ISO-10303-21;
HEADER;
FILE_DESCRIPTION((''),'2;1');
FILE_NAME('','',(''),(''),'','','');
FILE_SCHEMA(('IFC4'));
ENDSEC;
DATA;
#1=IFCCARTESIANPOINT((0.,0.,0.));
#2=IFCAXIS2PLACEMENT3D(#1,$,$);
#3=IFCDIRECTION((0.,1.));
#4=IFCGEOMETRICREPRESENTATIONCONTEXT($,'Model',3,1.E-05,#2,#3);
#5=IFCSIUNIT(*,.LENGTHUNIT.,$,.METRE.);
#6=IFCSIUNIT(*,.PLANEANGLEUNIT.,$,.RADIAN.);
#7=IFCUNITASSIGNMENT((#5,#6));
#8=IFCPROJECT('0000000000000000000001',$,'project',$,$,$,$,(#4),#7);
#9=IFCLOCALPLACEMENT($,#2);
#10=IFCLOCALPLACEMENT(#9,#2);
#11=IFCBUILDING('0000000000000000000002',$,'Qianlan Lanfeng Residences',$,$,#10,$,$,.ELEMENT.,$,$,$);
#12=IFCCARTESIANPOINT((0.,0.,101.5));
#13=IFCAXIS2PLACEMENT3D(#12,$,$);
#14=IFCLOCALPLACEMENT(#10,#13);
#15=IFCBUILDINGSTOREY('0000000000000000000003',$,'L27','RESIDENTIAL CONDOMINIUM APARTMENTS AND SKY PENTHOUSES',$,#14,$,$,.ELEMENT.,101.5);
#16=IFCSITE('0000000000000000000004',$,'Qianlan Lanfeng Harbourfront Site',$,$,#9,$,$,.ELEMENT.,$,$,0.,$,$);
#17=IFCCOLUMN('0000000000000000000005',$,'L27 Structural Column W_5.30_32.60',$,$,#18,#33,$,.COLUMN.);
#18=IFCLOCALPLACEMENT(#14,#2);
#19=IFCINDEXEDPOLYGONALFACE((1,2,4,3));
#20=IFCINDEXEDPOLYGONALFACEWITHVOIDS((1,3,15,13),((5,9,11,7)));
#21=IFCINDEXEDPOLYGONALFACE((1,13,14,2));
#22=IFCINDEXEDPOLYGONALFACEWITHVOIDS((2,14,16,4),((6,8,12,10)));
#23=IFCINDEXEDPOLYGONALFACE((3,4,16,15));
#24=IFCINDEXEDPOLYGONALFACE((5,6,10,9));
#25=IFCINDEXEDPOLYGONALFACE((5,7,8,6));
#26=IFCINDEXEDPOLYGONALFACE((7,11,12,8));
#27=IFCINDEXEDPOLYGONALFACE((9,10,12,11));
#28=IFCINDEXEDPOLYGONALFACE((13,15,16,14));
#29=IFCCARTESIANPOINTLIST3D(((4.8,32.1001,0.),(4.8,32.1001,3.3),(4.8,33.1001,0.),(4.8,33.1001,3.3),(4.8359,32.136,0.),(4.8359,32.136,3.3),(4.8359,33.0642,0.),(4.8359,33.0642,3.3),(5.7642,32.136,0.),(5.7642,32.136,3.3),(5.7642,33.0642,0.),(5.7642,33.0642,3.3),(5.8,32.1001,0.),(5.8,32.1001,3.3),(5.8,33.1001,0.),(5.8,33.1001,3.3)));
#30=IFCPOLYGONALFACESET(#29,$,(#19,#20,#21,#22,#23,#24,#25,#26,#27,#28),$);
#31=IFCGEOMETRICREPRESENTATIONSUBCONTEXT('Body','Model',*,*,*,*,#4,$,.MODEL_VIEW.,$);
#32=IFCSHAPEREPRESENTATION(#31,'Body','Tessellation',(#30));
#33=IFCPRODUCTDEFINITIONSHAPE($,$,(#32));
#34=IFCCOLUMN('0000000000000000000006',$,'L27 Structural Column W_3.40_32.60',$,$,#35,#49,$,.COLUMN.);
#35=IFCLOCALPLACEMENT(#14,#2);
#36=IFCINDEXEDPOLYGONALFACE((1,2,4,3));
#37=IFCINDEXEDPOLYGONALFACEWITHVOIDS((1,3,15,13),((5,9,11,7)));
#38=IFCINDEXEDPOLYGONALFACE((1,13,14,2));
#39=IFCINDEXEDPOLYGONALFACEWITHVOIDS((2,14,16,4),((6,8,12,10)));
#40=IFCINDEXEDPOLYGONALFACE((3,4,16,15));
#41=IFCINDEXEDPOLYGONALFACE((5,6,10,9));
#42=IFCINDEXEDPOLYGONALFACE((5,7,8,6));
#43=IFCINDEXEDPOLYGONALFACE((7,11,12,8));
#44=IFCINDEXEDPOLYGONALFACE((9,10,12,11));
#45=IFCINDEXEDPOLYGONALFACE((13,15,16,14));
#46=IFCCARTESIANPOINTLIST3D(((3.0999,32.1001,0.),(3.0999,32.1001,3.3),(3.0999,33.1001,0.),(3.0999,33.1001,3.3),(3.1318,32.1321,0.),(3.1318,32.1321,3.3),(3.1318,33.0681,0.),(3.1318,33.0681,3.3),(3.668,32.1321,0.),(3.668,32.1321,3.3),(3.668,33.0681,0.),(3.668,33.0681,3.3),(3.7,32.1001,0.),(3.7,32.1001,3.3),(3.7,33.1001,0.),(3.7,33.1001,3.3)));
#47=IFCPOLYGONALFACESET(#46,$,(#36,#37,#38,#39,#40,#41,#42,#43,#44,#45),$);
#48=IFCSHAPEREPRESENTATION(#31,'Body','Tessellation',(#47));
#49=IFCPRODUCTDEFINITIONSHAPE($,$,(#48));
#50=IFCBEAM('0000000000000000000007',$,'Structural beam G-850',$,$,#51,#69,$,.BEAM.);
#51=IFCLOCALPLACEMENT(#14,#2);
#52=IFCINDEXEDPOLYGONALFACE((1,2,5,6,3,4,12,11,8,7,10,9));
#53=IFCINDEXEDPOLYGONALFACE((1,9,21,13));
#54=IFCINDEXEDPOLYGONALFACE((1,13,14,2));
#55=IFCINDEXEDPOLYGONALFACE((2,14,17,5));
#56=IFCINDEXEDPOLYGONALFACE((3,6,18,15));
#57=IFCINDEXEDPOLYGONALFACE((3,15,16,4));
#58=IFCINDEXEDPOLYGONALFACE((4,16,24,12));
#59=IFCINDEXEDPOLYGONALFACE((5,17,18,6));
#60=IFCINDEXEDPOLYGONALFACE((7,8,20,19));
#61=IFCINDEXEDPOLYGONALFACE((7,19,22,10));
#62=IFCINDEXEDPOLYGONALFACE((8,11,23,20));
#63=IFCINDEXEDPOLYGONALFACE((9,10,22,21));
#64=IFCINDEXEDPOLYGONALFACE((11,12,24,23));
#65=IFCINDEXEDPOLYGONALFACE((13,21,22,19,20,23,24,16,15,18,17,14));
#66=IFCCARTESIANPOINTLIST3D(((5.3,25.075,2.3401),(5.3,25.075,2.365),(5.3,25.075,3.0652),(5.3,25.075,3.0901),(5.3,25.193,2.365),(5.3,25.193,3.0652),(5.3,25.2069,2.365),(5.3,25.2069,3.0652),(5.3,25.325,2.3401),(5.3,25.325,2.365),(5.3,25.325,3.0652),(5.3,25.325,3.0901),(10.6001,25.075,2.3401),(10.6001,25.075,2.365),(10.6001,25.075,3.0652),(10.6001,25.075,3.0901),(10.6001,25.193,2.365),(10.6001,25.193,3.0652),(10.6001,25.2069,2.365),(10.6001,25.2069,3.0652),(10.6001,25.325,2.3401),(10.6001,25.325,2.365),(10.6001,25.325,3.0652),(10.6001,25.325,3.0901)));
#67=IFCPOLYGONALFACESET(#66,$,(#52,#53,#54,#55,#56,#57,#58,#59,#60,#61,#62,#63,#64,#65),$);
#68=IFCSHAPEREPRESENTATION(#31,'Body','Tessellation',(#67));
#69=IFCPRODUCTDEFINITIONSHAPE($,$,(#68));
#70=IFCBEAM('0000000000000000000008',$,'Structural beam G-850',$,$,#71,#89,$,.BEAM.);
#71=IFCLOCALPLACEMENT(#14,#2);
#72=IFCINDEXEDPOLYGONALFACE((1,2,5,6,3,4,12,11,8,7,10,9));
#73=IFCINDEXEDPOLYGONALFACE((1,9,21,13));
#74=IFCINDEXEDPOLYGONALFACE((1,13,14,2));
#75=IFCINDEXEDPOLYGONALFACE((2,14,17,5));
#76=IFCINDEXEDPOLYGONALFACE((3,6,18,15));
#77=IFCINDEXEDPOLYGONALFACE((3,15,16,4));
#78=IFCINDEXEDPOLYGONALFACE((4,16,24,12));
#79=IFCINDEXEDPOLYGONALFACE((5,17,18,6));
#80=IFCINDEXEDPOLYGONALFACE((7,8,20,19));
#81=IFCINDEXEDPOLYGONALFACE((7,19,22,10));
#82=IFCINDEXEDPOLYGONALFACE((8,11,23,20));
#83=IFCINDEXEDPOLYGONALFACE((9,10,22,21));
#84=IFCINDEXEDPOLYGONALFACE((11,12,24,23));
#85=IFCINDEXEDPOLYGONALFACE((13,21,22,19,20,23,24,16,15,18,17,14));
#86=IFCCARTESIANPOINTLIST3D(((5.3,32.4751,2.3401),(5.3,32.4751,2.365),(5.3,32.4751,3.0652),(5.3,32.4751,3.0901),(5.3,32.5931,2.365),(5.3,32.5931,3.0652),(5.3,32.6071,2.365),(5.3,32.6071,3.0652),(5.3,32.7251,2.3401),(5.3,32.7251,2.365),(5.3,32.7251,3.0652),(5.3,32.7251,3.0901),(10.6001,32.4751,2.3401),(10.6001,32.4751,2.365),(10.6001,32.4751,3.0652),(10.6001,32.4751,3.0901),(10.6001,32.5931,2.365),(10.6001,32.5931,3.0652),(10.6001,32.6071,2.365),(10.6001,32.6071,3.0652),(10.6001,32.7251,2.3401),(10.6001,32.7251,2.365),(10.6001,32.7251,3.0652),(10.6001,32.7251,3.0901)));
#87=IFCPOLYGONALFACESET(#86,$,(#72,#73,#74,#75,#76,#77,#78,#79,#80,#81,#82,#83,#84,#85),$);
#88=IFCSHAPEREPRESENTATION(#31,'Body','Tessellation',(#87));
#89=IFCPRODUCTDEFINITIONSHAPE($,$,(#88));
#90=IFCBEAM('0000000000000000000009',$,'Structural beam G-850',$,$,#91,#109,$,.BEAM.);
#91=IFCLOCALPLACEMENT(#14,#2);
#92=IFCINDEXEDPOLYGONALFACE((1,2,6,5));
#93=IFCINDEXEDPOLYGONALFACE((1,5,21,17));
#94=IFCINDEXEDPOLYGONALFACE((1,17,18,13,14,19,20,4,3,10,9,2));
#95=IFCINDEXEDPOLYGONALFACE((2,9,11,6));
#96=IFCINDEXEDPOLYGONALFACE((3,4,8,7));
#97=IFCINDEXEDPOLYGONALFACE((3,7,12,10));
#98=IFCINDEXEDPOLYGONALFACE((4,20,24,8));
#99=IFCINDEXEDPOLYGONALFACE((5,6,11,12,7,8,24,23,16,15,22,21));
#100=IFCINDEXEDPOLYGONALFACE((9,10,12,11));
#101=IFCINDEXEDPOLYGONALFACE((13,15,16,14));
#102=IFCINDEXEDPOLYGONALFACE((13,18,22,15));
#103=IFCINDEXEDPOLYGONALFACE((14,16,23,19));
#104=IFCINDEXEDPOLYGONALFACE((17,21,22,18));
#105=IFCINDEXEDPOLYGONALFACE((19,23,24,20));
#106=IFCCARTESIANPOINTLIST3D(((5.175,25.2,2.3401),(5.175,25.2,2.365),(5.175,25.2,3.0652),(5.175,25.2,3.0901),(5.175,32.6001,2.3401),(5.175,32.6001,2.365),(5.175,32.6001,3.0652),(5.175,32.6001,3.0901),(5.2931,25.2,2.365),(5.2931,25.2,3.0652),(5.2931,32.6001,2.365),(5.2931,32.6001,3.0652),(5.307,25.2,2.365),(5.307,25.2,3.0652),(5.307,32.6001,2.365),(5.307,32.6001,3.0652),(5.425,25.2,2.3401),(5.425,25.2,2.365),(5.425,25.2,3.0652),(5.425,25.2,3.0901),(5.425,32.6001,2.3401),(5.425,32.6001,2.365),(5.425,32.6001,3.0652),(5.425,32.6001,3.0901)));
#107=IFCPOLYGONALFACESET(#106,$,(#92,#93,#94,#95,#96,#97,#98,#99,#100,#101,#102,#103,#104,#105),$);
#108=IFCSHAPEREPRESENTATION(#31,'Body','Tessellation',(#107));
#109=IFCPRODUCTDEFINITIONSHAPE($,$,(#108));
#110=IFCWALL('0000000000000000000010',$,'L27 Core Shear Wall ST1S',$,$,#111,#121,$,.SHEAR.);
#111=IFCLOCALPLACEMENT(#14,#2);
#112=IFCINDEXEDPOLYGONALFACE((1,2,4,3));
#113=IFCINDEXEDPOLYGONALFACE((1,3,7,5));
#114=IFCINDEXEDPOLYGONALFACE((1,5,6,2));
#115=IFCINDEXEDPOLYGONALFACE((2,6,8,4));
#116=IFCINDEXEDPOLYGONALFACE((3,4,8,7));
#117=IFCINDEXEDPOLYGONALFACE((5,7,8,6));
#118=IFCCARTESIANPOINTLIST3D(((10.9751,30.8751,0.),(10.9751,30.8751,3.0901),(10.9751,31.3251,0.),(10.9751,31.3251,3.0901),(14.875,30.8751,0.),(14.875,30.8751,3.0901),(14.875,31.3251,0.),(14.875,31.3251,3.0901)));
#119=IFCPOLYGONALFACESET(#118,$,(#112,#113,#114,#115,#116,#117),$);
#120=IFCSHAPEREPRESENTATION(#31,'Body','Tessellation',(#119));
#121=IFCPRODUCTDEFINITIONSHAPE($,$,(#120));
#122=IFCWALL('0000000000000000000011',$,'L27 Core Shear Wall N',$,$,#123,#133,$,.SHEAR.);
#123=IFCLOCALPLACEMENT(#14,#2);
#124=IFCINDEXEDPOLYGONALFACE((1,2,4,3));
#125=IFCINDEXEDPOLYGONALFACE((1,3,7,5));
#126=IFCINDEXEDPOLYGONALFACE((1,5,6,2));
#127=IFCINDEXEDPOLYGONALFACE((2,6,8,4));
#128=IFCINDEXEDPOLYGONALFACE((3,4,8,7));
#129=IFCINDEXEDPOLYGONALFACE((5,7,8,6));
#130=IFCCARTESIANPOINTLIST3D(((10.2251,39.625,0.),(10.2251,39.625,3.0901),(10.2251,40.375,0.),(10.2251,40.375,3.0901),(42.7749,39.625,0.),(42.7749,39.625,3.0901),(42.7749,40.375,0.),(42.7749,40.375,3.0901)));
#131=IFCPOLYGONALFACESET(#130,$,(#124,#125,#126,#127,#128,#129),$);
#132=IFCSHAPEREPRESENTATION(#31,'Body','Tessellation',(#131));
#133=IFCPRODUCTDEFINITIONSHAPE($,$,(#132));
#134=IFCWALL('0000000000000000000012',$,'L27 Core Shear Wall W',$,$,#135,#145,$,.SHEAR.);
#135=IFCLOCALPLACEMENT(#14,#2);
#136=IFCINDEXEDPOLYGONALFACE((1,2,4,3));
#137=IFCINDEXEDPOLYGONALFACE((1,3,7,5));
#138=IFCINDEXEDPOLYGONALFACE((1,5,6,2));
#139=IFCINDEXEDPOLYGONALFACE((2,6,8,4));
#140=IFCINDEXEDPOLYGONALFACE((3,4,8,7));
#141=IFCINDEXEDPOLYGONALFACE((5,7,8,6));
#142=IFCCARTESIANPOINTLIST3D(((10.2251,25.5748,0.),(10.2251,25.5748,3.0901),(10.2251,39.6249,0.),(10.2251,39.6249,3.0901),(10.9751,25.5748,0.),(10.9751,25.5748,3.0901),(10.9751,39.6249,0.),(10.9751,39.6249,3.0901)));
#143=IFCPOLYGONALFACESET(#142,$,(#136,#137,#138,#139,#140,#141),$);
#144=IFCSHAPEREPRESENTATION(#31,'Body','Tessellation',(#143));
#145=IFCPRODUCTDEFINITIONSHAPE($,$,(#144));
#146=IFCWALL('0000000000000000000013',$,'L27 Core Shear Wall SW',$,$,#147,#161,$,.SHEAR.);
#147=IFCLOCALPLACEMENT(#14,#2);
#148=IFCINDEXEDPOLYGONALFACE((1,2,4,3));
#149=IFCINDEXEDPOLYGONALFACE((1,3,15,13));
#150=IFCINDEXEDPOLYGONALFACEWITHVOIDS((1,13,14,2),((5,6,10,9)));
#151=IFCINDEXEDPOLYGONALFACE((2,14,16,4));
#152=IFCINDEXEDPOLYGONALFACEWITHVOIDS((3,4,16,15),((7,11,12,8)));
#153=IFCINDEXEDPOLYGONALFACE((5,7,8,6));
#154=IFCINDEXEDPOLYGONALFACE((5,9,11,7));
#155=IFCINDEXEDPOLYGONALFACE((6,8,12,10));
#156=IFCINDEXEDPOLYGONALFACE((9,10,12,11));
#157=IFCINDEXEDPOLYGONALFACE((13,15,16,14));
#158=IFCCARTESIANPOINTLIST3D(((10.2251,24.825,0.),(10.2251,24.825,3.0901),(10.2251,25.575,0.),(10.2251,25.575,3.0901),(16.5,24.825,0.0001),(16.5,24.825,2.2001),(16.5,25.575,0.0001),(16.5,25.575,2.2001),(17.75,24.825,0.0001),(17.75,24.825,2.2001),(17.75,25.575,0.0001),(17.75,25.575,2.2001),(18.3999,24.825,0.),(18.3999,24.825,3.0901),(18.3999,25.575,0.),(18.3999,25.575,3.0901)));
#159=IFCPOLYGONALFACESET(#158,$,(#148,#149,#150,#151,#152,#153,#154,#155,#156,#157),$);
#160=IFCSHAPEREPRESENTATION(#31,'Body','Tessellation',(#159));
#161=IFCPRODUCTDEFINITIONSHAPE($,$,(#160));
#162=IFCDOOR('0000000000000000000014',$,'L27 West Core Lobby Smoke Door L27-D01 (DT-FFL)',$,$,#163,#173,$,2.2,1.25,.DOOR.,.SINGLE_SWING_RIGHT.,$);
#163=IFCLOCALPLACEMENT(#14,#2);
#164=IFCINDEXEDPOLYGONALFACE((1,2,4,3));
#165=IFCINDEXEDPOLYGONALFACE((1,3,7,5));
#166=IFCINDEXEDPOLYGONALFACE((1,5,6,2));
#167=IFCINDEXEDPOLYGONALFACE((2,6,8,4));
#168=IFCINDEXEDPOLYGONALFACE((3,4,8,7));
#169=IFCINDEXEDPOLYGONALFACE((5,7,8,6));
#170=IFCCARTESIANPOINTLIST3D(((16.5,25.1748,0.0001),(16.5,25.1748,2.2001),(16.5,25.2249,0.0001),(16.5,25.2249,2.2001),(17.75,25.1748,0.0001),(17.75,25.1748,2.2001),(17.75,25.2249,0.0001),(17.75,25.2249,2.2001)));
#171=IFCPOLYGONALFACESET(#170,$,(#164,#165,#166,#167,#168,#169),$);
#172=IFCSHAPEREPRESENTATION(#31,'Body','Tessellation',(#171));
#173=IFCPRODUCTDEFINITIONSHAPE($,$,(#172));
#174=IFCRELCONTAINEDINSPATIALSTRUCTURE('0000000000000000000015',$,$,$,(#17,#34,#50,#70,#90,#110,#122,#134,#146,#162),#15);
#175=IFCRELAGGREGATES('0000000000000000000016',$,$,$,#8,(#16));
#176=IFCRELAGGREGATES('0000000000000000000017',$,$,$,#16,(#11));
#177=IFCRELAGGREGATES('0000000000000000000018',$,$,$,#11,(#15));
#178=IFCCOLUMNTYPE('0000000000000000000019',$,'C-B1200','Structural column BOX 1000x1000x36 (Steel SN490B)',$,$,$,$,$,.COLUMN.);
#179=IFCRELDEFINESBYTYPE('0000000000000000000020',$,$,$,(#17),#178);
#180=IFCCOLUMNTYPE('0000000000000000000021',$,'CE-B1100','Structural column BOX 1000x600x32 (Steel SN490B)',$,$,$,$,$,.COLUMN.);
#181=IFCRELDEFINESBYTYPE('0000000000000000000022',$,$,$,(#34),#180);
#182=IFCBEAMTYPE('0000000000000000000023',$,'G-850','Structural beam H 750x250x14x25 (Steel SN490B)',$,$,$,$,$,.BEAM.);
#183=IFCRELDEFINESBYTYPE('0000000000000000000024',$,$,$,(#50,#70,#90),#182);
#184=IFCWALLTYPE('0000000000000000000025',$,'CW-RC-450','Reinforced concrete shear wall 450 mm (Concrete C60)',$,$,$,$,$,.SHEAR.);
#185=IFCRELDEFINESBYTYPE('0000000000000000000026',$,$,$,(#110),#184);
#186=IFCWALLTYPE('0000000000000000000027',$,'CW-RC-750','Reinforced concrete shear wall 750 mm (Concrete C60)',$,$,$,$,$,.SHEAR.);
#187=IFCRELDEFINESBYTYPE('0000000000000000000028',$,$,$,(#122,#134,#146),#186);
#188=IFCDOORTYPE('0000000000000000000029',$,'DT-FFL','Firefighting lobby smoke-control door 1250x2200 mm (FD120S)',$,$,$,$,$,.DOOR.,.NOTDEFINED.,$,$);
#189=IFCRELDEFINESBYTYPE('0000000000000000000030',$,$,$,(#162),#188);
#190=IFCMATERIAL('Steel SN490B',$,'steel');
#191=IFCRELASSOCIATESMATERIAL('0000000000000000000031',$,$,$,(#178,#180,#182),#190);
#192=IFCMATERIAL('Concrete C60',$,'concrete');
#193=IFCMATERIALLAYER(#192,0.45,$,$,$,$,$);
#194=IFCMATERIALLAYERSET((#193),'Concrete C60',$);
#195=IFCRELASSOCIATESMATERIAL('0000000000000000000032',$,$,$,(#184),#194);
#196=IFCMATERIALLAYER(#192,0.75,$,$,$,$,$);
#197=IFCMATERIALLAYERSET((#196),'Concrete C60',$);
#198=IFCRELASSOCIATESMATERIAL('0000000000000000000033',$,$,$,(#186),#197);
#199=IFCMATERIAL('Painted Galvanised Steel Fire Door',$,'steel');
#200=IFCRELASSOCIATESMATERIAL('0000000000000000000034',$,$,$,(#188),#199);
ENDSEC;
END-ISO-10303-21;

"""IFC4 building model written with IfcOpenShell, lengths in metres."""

from ifc_helpers import new_model, si_unit, direction, frame, frame_2d, origin, origin_2d, place, context, subcontext, project, spatial, rectangle, hollow_rectangle, i_section, extrude, material, layer, layer_set, material_profile, profile_set, type_object, element, fill, save


model = new_model("IFC4")

# Units and contexts
model_context = context("Model", 3, precision=1e-05, world=origin(), true_north=direction((0.0, 1.0)))
body_context = subcontext(model_context, "Body", "Model", "MODEL_VIEW")
ifc_project = project(units=[si_unit("LENGTHUNIT", "METRE"), si_unit("PLANEANGLEUNIT", "RADIAN")], contexts=[model_context])

# Site, building, storey
site_placement = place(None, origin())
site = spatial("IfcSite", under=ifc_project, at=site_placement, Name="Qianlan Lanfeng Harbourfront Site", CompositionType="ELEMENT", RefElevation=0.0)
building_placement = place(site_placement, origin())
building = spatial("IfcBuilding", under=site, at=building_placement, Name="Qianlan Lanfeng Residences", CompositionType="ELEMENT")
storey_placement = place(building_placement, frame((0.0, 0.0, 101.5)))
storey = spatial("IfcBuildingStorey", under=building, at=storey_placement, Name="L27", Description="RESIDENTIAL CONDOMINIUM APARTMENTS AND SKY PENTHOUSES", CompositionType="ELEMENT", Elevation=101.5)

# Columns
ifc_material_1 = material(Name="Steel SN490B", Category="steel")
ifc_material_profile_1 = material_profile(ifc_material_1, hollow_rectangle(XDim=1.0, YDim=1.0, WallThickness=0.0359, at=origin_2d()), Name="BOX 1000x1000x36")
ifc_profile_set_1 = profile_set([ifc_material_profile_1], Name="Steel SN490B")
column_type_1 = type_object("IfcColumnType", Name="C-B1200", Description="Structural column BOX 1000x1000x36 (Steel SN490B)", PredefinedType="COLUMN", material=ifc_profile_set_1)
column_1_placement = place(storey_placement, frame((5.3, 32.6001, 0.0), z_axis=(0.0, 0.0, 1.0), x_axis=(1.0, 0.0, 0.0)))
element("IfcColumn", 1, at=column_1_placement, inside=storey, type_object=column_type_1, Name="L27 Structural Column W_5.30_32.60", PredefinedType="COLUMN", context=body_context, shape_type="SweptSolid", body=[
    extrude(hollow_rectangle(XDim=1.0, YDim=1.0, WallThickness=0.0359, at=origin_2d()), origin(), (0.0, 0.0, 1.0), 3.3),
])
ifc_material_profile_2 = material_profile(ifc_material_1, hollow_rectangle(XDim=0.6001, YDim=1.0, WallThickness=0.032, at=origin_2d()), Name="BOX 1000x600x32")
ifc_profile_set_2 = profile_set([ifc_material_profile_2], Name="Steel SN490B")
column_type_2 = type_object("IfcColumnType", Name="CE-B1100", Description="Structural column BOX 1000x600x32 (Steel SN490B)", PredefinedType="COLUMN", material=ifc_profile_set_2)
column_2_placement = place(storey_placement, frame((3.3999, 32.6001, 0.0), z_axis=(0.0, 0.0, 1.0), x_axis=(1.0, 0.0, 0.0)))
element("IfcColumn", 2, at=column_2_placement, inside=storey, type_object=column_type_2, Name="L27 Structural Column W_3.40_32.60", PredefinedType="COLUMN", context=body_context, shape_type="SweptSolid", body=[
    extrude(hollow_rectangle(XDim=0.6001, YDim=1.0, WallThickness=0.032, at=origin_2d()), origin(), (0.0, 0.0, 1.0), 3.3),
])

# Beams
ifc_material_profile_3 = material_profile(ifc_material_1, i_section(OverallWidth=0.25, OverallDepth=0.75, WebThickness=0.0139, FlangeThickness=0.0249, at=origin_2d()), Name="H 750x250x14x25")
ifc_profile_set_3 = profile_set([ifc_material_profile_3], Name="Steel SN490B")
beam_type = type_object("IfcBeamType", Name="G-850", Description="Structural beam H 750x250x14x25 (Steel SN490B)", PredefinedType="BEAM", material=ifc_profile_set_3)
for number, where, z_axis, x_axis, name in (
    (3, (5.3, 25.2, 2.7151), (1.0, 0.0, 0.0), (0.0, 1.0, 0.0), "Structural beam G-850"),
    (4, (5.3, 32.6001, 2.7151), (1.0, 0.0, 0.0), (0.0, 1.0, 0.0), "Structural beam G-850"),
):
    element("IfcBeam", number, at=place(storey_placement, frame(where, z_axis=z_axis, x_axis=x_axis)), inside=storey, type_object=beam_type, Name=name, PredefinedType="BEAM", context=body_context, shape_type="SweptSolid", body=[
        extrude(i_section(OverallWidth=0.25, OverallDepth=0.75, WebThickness=0.0139, FlangeThickness=0.0249, at=origin_2d()), origin(), (0.0, 0.0, 1.0), 5.3),
    ])
beam_placement = place(storey_placement, frame((5.3, 25.2, 2.7151), z_axis=(0.0, 1.0, 0.0), x_axis=(-1.0, 0.0, 0.0)))
element("IfcBeam", 5, at=beam_placement, inside=storey, type_object=beam_type, Name="Structural beam G-850", PredefinedType="BEAM", context=body_context, shape_type="SweptSolid", body=[
    extrude(i_section(OverallWidth=0.25, OverallDepth=0.75, WebThickness=0.0139, FlangeThickness=0.0249, at=origin_2d()), origin(), (0.0, 0.0, 1.0), 7.4001),
])

# Walls
ifc_material_2 = material(Name="Concrete C60", Category="concrete")
ifc_layer_1 = layer(ifc_material_2, 0.45)
ifc_layer_set_1 = layer_set([ifc_layer_1], Name="Concrete C60")
wall_type_1 = type_object("IfcWallType", Name="CW-RC-450", Description="Reinforced concrete shear wall 450 mm (Concrete C60)", PredefinedType="SHEAR", material=ifc_layer_set_1)
wall_1_placement = place(storey_placement, frame((10.9751, 31.1001, 0.0), z_axis=(0.0, 0.0, 1.0), x_axis=(1.0, 0.0, 0.0)))
element("IfcWall", 6, at=wall_1_placement, inside=storey, type_object=wall_type_1, Name="L27 Core Shear Wall ST1S", PredefinedType="SHEAR", context=body_context, shape_type="SweptSolid", body=[
    extrude(rectangle(XDim=3.8999, YDim=0.45, at=frame_2d((1.95, 0.0))), origin(), (0.0, 0.0, 1.0), 3.0901),
])
ifc_layer_2 = layer(ifc_material_2, 0.75)
ifc_layer_set_2 = layer_set([ifc_layer_2], Name="Concrete C60")
wall_type_2 = type_object("IfcWallType", Name="CW-RC-750", Description="Reinforced concrete shear wall 750 mm (Concrete C60)", PredefinedType="SHEAR", material=ifc_layer_set_2)
wall_2_placement = place(storey_placement, frame((10.2251, 40.0, 0.0), z_axis=(0.0, 0.0, 1.0), x_axis=(1.0, 0.0, 0.0)))
element("IfcWall", 7, at=wall_2_placement, inside=storey, type_object=wall_type_2, Name="L27 Core Shear Wall N", PredefinedType="SHEAR", context=body_context, shape_type="SweptSolid", body=[
    extrude(rectangle(XDim=32.5498, YDim=0.75, at=frame_2d((16.2749, 0.0))), origin(), (0.0, 0.0, 1.0), 3.0901),
])
wall_3_placement = place(storey_placement, frame((10.6001, 25.575, 0.0), z_axis=(0.0, 0.0, 1.0), x_axis=(0.0, 1.0, 0.0)))
element("IfcWall", 8, at=wall_3_placement, inside=storey, type_object=wall_type_2, Name="L27 Core Shear Wall W", PredefinedType="SHEAR", context=body_context, shape_type="SweptSolid", body=[
    extrude(rectangle(XDim=14.05, YDim=0.75, at=frame_2d((7.0249, 0.0))), origin(), (0.0, 0.0, 1.0), 3.0901),
])

# Wall, opening, door
wall_4_placement = place(storey_placement, frame((10.2251, 25.2, 0.0), z_axis=(0.0, 0.0, 1.0), x_axis=(1.0, 0.0, 0.0)))
wall_4 = element("IfcWall", 9, at=wall_4_placement, inside=storey, type_object=wall_type_2, Name="L27 Core Shear Wall SW", PredefinedType="SHEAR", context=body_context, shape_type="SweptSolid", body=[
    extrude(rectangle(XDim=8.1748, YDim=0.75, at=frame_2d((4.0874, 0.0))), origin(), (0.0, 0.0, 1.0), 3.0901),
])
opening_placement = place(wall_4_placement, frame((6.2749, 0.0, 0.0)))
opening = element("IfcOpeningElement", 10, at=opening_placement, cuts=wall_4, PredefinedType="OPENING", context=body_context, shape_type="SweptSolid", body=[
    extrude(rectangle(XDim=1.25, YDim=2.2, at=frame_2d((0.625, 1.1001))), frame((0.0, 0.385, 0.0), z_axis=(0.0, -1.0, 0.0), x_axis=(1.0, 0.0, 0.0)), (0.0, 0.0, 1.0), 0.77),
])
ifc_material_3 = material(Name="Painted Galvanised Steel Fire Door", Category="steel")
door_type = type_object("IfcDoorType", Name="DT-FFL", Description="Firefighting lobby smoke-control door 1250x2200 mm (FD120S)", OperationType="NOTDEFINED", PredefinedType="DOOR", material=ifc_material_3)
door_placement = place(opening_placement, origin())
door = element("IfcDoor", 11, at=door_placement, inside=storey, type_object=door_type, Name="L27 West Core Lobby Smoke Door L27-D01 (DT-FFL)", OperationType="SINGLE_SWING_RIGHT", OverallHeight=2.2, OverallWidth=1.25, PredefinedType="DOOR", context=body_context, shape_type="SweptSolid", body=[
    extrude(rectangle(XDim=1.25, YDim=2.2, at=frame_2d((0.625, 1.1001))), frame((0.0, 0.0249, 0.0), z_axis=(0.0, -1.0, 0.0), x_axis=(1.0, 0.0, 0.0)), (0.0, 0.0, 1.0), 0.05),
])
fill(opening, door)

save(model, "model.ifc")
